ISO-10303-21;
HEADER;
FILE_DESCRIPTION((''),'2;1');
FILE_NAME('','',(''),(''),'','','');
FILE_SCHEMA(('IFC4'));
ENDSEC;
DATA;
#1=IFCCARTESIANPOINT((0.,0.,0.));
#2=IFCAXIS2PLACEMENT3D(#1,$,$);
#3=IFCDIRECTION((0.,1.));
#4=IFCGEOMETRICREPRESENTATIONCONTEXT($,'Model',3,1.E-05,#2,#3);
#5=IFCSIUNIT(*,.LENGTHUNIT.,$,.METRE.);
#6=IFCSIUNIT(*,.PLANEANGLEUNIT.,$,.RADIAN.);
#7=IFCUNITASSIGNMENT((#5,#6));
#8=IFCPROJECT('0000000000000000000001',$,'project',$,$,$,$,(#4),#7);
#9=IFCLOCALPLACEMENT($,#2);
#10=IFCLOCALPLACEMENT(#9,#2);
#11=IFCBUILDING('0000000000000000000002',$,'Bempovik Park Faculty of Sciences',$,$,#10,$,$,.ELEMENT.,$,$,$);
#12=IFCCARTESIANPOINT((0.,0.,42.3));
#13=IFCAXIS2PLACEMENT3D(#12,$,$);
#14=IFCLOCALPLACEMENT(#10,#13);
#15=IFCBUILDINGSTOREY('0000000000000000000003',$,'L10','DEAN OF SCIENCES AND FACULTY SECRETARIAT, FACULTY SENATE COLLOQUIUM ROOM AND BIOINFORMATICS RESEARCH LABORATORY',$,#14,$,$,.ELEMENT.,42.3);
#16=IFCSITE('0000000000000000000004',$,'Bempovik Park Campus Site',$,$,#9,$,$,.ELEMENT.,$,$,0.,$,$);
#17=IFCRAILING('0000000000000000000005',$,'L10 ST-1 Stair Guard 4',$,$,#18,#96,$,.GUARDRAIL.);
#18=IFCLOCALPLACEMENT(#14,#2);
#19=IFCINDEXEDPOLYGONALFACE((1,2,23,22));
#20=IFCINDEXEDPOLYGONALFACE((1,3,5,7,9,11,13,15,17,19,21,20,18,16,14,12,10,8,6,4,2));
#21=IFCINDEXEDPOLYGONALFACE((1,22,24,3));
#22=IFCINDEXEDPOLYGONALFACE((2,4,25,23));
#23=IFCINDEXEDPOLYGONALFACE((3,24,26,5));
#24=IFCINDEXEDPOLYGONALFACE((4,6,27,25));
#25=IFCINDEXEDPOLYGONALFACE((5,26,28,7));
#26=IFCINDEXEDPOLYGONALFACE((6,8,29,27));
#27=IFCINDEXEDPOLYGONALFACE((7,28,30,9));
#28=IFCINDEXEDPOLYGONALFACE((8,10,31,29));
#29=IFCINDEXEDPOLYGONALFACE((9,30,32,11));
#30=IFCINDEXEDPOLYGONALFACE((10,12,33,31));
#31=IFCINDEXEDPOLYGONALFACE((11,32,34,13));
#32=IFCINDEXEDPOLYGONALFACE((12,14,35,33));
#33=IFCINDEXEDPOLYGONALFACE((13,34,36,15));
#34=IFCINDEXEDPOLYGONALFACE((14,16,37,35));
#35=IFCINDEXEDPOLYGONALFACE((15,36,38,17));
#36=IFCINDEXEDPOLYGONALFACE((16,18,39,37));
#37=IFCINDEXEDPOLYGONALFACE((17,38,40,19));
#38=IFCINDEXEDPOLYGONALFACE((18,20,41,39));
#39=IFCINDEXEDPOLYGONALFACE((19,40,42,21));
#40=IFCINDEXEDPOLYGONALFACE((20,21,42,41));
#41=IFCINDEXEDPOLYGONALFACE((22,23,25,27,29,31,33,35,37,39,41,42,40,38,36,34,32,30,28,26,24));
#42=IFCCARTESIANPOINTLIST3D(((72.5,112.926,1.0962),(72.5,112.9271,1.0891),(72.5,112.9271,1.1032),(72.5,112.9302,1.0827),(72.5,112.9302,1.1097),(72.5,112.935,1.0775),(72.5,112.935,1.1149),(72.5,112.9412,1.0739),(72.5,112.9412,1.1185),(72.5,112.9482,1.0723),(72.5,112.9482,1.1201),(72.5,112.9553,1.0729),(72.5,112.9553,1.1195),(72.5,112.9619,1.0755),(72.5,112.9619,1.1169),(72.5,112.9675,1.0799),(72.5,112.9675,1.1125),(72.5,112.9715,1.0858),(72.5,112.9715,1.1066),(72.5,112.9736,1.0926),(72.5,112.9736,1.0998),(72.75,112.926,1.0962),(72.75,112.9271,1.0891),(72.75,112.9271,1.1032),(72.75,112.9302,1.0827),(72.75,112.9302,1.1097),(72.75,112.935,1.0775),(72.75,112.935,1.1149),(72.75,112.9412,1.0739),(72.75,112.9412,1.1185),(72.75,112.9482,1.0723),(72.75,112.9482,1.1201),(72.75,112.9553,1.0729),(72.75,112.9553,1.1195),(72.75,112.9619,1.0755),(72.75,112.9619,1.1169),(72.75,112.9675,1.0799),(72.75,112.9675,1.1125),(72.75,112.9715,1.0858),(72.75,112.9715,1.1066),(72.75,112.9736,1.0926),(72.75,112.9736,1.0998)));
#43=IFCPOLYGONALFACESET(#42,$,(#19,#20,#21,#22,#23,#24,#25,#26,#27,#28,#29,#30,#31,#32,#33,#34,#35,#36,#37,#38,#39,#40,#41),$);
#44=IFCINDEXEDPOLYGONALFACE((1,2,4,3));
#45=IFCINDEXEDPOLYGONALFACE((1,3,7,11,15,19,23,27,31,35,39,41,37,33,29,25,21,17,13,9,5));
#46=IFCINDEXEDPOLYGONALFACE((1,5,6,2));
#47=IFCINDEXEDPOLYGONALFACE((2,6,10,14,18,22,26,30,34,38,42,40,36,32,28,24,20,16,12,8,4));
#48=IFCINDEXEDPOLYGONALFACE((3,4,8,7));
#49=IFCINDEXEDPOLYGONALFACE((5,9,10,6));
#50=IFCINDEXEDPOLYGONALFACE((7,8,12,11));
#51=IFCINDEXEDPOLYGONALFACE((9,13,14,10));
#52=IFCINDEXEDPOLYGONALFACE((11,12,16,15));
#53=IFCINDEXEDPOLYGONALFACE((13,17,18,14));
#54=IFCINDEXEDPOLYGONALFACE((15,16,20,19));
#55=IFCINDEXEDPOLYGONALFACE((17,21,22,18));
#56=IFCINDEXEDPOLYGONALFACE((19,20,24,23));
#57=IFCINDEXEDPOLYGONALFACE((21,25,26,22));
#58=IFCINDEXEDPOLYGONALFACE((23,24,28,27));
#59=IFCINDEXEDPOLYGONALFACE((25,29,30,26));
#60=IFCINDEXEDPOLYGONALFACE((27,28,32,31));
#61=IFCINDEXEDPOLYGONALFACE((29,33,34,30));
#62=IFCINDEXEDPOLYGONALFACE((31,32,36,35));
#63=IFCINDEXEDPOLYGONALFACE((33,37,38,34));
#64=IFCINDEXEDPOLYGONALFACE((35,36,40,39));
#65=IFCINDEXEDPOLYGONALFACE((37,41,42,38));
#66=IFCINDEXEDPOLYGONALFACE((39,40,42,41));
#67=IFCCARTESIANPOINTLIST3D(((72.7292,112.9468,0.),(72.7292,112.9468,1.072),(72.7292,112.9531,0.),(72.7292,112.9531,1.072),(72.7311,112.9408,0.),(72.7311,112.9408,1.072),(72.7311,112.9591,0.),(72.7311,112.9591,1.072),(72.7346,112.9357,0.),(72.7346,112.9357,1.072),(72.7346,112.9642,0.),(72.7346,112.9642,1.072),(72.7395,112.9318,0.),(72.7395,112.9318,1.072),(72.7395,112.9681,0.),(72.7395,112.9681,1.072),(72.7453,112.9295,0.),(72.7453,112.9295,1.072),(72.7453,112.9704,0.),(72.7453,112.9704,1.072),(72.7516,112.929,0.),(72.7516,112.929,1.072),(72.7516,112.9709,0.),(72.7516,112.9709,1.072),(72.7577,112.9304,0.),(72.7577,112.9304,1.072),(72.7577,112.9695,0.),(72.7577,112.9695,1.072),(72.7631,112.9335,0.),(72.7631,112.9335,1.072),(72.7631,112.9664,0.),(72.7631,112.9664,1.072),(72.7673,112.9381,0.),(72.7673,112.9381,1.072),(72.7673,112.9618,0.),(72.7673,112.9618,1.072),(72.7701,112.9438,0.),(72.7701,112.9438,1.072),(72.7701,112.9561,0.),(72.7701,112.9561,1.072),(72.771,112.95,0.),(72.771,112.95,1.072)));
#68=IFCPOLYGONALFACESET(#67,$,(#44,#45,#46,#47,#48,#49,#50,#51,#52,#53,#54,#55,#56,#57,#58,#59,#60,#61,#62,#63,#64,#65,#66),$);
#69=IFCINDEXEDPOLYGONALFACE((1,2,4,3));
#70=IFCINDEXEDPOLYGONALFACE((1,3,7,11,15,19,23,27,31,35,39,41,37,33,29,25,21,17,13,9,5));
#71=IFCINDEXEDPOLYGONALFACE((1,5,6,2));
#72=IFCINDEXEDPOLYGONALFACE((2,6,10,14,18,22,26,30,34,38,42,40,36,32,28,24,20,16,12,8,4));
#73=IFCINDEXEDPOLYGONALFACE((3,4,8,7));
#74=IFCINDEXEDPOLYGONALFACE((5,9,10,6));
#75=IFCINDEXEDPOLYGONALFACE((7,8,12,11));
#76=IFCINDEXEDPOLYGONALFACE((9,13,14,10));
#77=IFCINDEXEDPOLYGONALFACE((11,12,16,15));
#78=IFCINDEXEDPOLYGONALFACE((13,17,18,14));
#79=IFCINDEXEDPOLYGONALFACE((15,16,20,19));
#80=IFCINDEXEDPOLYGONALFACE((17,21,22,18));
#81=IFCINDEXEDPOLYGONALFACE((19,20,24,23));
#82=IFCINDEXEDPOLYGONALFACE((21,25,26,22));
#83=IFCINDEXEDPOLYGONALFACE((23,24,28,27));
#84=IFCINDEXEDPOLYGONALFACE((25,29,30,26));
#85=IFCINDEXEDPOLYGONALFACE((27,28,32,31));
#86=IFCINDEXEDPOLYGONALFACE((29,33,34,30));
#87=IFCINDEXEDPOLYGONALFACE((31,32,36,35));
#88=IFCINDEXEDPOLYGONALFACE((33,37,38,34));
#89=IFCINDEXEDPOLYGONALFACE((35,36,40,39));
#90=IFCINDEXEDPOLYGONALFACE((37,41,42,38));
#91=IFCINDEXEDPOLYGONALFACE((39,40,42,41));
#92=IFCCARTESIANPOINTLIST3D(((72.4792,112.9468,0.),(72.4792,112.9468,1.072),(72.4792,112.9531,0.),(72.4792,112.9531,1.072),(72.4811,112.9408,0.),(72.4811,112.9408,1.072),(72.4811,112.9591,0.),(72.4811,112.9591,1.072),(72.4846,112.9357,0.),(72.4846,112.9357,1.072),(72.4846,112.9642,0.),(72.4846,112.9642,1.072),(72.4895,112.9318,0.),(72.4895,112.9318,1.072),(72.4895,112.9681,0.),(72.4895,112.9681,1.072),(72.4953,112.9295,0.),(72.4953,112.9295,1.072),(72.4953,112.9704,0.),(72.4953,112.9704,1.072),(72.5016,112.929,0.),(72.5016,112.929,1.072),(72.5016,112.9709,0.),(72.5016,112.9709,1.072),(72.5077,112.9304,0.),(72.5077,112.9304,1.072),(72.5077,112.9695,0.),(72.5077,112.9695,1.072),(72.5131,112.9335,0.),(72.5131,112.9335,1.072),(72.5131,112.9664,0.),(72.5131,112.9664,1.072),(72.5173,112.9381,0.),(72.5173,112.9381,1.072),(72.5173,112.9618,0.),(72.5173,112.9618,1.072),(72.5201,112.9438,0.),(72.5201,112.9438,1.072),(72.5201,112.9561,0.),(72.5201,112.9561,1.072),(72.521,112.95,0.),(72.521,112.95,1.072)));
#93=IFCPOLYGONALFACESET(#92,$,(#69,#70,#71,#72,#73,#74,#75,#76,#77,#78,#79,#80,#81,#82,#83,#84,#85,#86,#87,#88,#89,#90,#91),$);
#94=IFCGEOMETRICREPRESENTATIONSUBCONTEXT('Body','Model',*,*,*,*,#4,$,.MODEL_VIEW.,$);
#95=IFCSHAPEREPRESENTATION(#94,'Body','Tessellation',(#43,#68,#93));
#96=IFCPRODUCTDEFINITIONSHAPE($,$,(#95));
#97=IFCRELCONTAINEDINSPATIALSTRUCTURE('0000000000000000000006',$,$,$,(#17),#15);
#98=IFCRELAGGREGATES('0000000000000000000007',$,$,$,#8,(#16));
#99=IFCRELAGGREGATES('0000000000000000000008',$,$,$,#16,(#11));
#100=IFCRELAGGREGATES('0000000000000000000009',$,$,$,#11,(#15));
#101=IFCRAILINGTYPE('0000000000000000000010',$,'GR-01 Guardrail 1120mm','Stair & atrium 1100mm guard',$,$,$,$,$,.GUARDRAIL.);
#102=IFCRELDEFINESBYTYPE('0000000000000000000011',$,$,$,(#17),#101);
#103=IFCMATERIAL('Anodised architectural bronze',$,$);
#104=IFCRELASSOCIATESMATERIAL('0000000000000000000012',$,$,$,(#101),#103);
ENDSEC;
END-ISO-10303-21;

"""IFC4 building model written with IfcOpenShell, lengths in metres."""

from ifc_helpers import new_model, si_unit, direction, frame, origin, origin_2d, place, context, subcontext, project, spatial, circle, extrude, material, type_object, element, save


model = new_model("IFC4")

# Units and contexts
model_context = context("Model", 3, precision=1e-05, world=origin(), true_north=direction((0.0, 1.0)))
body_context = subcontext(model_context, "Body", "Model", "MODEL_VIEW")
ifc_project = project(units=[si_unit("LENGTHUNIT", "METRE"), si_unit("PLANEANGLEUNIT", "RADIAN")], contexts=[model_context])

# Site, building, storey
site_placement = place(None, origin())
site = spatial("IfcSite", under=ifc_project, at=site_placement, Name="Bempovik Park Campus Site", CompositionType="ELEMENT", RefElevation=0.0)
building_placement = place(site_placement, origin())
building = spatial("IfcBuilding", under=site, at=building_placement, Name="Bempovik Park Faculty of Sciences", CompositionType="ELEMENT")
storey_placement = place(building_placement, frame((0.0, 0.0, 42.3)))
storey = spatial("IfcBuildingStorey", under=building, at=storey_placement, Name="L10", Description="DEAN OF SCIENCES AND FACULTY SECRETARIAT, FACULTY SENATE COLLOQUIUM ROOM AND BIOINFORMATICS RESEARCH LABORATORY", CompositionType="ELEMENT", Elevation=42.3)

# Railing
ifc_material_1 = material(Name="Anodised architectural bronze")
railing_type_1 = type_object("IfcRailingType", Name="GR-01 Guardrail 1120mm", Description="Stair & atrium 1100mm guard", PredefinedType="GUARDRAIL", material=ifc_material_1)
railing_1_placement = place(storey_placement, frame((72.75, 112.95, 0.0)))
element("IfcRailing", 1, at=railing_1_placement, inside=storey, type_object=railing_type_1, Name="L10 ST-1 Stair Guard 4", PredefinedType="GUARDRAIL", context=body_context, shape_type="SweptSolid", body=[
    extrude(circle(Radius=0.0239, at=origin_2d()), frame((0.0, 0.0, 1.0962), z_axis=(-1.0, 0.0, 0.0), x_axis=(0.0, -1.0, 0.0)), (0.0, 0.0, 1.0), 0.25),
    extrude(circle(Radius=0.021, at=origin_2d()), origin(), (0.0, 0.0, 1.0), 1.072),
    extrude(circle(Radius=0.021, at=origin_2d()), frame((-0.25, 0.0, 0.0)), (0.0, 0.0, 1.0), 1.072),
])

save(model, "model.ifc")
